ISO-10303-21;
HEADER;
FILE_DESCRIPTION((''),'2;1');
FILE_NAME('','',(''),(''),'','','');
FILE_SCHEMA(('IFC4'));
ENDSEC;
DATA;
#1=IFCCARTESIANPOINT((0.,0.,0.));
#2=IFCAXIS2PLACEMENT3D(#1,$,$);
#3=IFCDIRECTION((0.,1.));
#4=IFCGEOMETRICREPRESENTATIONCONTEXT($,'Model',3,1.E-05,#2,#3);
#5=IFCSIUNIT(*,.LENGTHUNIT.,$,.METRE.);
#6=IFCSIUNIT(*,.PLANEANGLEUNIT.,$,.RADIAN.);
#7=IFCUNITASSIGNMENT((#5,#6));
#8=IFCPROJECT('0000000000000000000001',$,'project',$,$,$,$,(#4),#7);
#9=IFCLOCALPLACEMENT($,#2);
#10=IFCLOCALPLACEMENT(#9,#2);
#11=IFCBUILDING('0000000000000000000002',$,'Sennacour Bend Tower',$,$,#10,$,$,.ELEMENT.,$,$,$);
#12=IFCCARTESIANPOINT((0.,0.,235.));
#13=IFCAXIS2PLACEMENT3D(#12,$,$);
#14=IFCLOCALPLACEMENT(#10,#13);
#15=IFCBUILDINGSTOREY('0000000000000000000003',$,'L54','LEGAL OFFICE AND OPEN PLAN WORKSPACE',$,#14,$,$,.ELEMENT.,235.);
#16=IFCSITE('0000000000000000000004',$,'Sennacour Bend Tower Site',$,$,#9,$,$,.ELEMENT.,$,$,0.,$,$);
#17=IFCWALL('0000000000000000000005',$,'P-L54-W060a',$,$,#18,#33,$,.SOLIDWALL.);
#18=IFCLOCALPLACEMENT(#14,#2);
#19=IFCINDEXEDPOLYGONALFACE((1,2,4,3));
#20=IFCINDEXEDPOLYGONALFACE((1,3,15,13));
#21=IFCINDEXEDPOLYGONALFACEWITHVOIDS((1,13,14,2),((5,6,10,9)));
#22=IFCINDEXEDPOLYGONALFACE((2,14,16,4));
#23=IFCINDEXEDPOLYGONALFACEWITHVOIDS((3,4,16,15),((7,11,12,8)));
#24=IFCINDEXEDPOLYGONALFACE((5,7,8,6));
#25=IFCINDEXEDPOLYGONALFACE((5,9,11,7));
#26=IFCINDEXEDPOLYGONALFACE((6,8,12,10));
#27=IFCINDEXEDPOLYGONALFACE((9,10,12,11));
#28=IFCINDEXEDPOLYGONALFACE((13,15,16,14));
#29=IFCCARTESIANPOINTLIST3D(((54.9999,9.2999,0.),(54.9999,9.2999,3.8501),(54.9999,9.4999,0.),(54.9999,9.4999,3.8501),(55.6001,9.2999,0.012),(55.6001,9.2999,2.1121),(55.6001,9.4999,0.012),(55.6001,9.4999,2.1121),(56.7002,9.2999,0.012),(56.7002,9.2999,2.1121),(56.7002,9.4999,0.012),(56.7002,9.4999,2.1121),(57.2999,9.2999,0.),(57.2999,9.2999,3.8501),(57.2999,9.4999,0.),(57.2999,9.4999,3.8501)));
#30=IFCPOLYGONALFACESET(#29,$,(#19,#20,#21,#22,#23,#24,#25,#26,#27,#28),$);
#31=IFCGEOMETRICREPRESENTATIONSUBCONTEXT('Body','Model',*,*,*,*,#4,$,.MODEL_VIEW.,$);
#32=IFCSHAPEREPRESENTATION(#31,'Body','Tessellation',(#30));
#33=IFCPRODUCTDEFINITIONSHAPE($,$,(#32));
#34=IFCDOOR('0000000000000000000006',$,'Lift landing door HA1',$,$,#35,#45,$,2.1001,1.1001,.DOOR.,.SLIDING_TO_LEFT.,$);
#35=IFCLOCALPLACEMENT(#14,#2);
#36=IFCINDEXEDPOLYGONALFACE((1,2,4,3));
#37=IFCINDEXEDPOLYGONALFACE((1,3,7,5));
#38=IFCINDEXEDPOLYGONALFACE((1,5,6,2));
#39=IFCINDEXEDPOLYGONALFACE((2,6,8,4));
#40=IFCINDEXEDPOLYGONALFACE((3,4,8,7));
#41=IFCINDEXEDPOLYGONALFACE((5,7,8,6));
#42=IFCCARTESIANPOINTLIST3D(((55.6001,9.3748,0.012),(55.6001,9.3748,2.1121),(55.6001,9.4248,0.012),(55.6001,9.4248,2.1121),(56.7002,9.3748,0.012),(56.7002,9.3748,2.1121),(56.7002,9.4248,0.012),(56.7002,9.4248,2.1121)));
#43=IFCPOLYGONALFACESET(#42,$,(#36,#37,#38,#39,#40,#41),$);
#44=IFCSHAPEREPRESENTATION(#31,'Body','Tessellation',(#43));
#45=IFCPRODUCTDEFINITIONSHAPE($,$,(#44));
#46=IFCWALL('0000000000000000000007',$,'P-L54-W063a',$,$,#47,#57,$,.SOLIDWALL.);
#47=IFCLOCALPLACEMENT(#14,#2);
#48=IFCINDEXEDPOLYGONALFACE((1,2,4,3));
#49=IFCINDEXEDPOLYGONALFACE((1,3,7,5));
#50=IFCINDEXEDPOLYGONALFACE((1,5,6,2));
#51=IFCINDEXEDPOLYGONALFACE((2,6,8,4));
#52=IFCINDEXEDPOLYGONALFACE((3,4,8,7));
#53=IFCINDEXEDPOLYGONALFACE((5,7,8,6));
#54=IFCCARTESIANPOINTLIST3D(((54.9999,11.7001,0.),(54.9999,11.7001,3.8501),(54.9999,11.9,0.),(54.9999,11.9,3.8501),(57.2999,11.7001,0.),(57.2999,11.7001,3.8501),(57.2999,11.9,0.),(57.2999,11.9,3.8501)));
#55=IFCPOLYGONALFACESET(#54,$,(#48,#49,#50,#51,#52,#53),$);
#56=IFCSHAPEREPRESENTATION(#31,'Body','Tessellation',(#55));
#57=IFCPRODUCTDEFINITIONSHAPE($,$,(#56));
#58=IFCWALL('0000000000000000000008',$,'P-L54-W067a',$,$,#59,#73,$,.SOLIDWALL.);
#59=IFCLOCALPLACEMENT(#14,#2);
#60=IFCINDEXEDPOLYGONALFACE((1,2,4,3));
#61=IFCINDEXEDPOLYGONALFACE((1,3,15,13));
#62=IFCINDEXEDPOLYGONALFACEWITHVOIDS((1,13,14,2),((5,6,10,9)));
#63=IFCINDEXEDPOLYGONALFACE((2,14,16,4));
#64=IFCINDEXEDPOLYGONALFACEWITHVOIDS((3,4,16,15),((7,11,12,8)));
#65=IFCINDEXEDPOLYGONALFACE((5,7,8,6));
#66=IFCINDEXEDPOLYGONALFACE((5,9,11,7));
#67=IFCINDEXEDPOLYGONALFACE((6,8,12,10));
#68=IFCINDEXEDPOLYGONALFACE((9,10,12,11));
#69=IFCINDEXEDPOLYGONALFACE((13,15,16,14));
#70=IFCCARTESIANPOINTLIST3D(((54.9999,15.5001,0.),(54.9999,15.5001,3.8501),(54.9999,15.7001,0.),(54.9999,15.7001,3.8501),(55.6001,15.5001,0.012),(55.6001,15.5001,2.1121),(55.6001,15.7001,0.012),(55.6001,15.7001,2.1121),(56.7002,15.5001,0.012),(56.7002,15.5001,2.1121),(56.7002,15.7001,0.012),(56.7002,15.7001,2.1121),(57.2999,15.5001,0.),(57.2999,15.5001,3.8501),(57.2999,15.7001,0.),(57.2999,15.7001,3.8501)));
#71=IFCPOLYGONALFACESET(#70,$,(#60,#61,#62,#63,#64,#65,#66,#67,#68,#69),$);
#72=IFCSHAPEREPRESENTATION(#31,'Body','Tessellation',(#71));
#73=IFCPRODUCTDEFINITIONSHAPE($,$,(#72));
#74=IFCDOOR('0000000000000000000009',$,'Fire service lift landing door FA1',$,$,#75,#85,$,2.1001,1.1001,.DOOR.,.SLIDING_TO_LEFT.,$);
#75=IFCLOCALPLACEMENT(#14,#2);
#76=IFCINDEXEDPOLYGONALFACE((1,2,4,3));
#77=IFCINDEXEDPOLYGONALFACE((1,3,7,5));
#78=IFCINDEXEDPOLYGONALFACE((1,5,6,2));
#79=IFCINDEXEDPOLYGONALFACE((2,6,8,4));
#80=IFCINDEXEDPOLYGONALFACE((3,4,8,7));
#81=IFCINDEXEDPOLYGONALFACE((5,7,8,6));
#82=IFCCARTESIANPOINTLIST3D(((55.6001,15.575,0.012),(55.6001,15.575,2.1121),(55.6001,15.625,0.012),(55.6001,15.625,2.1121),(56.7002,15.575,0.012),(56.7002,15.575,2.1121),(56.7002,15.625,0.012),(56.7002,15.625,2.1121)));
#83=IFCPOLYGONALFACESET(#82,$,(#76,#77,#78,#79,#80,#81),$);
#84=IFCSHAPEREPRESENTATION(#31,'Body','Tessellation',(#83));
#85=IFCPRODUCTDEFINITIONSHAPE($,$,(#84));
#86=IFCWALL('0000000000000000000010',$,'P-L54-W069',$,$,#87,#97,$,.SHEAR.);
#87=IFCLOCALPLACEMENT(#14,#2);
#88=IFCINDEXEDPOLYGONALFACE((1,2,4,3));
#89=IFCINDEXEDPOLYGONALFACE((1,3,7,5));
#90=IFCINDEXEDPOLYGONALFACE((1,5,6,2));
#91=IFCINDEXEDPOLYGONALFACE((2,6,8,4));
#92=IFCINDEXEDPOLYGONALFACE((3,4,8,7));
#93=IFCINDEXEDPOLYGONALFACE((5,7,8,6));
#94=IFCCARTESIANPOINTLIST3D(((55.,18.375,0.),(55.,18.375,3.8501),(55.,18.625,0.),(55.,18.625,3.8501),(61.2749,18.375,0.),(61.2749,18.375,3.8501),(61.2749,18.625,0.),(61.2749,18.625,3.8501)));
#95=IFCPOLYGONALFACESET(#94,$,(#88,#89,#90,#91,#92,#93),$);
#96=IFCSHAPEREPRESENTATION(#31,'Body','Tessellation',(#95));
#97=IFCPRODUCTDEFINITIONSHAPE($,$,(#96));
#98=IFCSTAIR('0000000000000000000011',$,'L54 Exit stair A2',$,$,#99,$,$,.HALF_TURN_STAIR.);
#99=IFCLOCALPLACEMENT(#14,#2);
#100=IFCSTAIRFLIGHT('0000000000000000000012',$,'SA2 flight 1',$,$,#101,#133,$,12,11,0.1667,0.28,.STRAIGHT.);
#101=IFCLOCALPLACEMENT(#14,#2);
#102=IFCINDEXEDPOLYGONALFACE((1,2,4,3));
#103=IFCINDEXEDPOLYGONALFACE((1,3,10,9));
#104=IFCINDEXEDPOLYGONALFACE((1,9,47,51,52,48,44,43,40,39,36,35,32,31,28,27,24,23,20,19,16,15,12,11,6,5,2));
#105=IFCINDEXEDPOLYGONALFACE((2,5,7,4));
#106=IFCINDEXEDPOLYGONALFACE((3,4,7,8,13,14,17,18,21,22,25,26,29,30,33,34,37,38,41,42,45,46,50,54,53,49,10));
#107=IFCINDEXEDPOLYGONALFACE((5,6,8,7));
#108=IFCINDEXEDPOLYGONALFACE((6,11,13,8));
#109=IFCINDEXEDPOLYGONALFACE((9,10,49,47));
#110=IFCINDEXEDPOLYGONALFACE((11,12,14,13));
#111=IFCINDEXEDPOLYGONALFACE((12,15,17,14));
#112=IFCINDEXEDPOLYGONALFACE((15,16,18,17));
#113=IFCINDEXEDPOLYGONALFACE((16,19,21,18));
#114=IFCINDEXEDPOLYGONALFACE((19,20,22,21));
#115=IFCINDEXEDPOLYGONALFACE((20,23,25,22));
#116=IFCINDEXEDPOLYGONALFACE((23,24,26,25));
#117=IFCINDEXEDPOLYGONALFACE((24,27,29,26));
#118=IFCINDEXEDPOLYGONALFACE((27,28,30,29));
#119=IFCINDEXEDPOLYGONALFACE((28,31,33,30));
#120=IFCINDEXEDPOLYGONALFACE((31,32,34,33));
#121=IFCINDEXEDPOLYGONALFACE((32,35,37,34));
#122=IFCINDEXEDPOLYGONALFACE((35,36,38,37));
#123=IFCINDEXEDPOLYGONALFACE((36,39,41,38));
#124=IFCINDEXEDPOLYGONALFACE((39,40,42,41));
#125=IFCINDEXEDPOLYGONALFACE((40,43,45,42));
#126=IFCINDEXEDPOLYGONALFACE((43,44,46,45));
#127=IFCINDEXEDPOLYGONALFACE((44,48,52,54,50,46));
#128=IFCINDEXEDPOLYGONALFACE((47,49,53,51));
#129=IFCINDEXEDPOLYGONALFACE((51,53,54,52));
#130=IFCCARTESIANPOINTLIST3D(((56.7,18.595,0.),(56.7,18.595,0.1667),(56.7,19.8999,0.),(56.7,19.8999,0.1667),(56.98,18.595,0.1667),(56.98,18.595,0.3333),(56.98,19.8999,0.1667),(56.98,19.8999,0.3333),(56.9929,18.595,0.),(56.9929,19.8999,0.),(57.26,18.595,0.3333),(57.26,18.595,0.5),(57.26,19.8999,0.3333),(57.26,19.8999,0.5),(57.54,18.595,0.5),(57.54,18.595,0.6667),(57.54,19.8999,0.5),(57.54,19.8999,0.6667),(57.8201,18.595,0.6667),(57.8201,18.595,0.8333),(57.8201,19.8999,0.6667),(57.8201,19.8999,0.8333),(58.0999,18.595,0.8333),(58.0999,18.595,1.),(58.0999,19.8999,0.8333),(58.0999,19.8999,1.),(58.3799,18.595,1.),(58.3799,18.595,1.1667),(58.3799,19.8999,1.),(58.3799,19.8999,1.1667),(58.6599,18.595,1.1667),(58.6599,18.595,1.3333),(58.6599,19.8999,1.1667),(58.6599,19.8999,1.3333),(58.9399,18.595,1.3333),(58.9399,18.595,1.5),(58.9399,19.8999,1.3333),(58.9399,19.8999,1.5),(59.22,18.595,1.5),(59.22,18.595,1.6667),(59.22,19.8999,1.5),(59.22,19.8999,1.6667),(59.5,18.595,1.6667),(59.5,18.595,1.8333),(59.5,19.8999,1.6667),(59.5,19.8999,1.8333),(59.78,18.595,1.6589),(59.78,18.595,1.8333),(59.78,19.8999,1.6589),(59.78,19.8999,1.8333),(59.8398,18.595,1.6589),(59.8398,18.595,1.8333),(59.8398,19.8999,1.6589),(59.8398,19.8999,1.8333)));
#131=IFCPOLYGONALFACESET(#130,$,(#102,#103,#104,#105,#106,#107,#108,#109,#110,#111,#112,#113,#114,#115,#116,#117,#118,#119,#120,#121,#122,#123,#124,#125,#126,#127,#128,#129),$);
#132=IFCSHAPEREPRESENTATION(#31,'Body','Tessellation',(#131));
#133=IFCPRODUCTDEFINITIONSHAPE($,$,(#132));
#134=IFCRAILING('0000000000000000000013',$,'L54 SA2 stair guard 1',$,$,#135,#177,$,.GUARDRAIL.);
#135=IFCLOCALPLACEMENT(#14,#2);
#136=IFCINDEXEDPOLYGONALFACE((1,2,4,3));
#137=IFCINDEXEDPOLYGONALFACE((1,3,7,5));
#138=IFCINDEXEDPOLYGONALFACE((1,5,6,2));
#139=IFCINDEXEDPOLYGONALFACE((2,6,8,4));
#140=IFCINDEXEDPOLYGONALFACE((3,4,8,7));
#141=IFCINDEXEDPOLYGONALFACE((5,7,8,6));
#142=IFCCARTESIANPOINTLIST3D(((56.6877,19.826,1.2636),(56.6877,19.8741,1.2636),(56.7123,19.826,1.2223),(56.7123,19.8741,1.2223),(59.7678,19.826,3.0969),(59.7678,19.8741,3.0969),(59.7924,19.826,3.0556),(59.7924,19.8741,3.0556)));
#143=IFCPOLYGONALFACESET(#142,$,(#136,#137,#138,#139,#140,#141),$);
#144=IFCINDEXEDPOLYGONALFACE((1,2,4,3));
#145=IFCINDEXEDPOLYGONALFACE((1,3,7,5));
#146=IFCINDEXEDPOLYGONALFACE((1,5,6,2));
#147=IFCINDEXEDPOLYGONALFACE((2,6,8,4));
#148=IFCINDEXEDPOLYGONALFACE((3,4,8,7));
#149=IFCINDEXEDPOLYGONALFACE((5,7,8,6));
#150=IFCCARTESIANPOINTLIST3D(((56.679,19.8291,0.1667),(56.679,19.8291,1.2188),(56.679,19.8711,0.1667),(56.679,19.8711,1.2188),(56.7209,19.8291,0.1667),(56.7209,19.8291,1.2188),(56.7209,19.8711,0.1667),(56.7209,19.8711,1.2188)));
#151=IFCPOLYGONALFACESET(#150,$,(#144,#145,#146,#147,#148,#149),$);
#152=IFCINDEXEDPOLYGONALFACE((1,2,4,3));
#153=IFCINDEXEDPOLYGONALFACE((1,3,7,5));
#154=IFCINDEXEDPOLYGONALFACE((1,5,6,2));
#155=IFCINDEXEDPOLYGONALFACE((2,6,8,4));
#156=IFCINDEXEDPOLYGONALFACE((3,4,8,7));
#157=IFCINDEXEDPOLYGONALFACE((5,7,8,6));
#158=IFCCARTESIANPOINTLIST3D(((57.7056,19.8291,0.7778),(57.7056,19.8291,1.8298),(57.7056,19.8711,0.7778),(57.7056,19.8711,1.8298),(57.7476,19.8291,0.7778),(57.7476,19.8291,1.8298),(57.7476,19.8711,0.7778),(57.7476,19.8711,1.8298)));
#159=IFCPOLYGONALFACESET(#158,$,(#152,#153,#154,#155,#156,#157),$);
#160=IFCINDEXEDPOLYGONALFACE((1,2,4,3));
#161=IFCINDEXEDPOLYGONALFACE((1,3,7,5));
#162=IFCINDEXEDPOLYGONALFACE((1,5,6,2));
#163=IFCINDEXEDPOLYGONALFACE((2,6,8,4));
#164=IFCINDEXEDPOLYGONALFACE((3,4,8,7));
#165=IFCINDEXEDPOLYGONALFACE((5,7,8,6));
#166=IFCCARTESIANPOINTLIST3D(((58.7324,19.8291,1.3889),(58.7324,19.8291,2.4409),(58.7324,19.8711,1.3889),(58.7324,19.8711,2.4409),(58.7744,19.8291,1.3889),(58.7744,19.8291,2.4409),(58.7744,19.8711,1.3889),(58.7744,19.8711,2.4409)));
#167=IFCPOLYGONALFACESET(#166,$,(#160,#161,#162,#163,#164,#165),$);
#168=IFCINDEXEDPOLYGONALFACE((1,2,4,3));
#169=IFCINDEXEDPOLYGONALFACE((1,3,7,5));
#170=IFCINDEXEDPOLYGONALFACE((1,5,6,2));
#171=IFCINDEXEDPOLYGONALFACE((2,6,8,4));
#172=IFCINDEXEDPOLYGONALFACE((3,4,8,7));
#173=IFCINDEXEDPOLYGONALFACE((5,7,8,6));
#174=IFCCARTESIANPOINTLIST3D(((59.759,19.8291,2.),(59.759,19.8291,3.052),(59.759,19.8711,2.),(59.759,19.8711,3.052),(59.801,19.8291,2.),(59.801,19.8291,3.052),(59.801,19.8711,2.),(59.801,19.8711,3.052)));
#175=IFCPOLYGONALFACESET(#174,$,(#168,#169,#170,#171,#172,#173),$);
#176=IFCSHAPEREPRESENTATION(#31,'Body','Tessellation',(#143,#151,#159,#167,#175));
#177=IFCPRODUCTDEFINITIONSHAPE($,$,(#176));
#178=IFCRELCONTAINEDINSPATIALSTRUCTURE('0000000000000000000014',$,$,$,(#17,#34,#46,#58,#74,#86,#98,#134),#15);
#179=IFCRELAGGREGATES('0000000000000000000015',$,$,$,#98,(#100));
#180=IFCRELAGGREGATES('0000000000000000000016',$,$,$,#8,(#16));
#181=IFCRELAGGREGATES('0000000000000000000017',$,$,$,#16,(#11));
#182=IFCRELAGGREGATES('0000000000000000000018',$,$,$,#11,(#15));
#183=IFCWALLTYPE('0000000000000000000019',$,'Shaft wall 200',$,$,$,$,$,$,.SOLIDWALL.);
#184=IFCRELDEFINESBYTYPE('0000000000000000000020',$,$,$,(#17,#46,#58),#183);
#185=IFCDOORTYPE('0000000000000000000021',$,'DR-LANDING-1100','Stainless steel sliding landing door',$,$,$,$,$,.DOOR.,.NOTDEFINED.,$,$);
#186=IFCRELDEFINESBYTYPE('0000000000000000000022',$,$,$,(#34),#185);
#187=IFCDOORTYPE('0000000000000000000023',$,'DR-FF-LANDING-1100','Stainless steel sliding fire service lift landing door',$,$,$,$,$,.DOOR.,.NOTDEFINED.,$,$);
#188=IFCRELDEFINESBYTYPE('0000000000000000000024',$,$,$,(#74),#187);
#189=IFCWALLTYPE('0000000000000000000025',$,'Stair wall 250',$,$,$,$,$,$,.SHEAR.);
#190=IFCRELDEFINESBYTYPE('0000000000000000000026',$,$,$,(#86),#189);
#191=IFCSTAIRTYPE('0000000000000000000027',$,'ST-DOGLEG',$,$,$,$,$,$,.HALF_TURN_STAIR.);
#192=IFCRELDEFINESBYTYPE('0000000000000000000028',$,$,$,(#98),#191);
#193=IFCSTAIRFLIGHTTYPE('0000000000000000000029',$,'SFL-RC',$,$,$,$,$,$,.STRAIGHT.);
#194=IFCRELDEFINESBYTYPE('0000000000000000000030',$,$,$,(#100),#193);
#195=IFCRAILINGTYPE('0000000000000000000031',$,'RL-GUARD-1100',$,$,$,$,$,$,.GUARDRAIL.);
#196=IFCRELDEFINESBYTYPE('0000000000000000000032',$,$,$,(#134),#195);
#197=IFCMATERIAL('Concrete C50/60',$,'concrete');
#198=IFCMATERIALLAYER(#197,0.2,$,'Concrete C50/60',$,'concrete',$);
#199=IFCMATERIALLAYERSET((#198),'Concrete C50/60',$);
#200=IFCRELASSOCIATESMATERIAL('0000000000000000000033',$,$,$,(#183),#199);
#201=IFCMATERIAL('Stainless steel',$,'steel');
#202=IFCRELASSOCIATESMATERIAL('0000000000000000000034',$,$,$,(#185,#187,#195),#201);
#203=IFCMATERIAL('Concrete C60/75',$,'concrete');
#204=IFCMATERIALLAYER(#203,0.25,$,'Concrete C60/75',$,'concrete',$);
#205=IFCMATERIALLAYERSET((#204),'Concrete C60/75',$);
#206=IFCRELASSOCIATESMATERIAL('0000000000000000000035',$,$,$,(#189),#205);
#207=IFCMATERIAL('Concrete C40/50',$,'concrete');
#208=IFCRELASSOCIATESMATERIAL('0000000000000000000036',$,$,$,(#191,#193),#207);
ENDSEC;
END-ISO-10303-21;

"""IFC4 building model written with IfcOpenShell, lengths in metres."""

from ifc_helpers import new_model, si_unit, direction, frame, frame_2d, origin, origin_2d, place, context, subcontext, project, spatial, polyline, rectangle, outline, extrude, material, layer, layer_set, type_object, element, fill, aggregate, save


model = new_model("IFC4")

# Units and contexts
model_context = context("Model", 3, precision=1e-05, world=origin(), true_north=direction((0.0, 1.0)))
body_context = subcontext(model_context, "Body", "Model", "MODEL_VIEW")
ifc_project = project(units=[si_unit("LENGTHUNIT", "METRE"), si_unit("PLANEANGLEUNIT", "RADIAN")], contexts=[model_context])

# Site, building, storey
site_placement = place(None, origin())
site = spatial("IfcSite", under=ifc_project, at=site_placement, Name="Sennacour Bend Tower Site", CompositionType="ELEMENT", RefElevation=0.0)
building_placement = place(site_placement, origin())
building = spatial("IfcBuilding", under=site, at=building_placement, Name="Sennacour Bend Tower", CompositionType="ELEMENT")
storey_placement = place(building_placement, frame((0.0, 0.0, 235.0)))
storey = spatial("IfcBuildingStorey", under=building, at=storey_placement, Name="L54", Description="LEGAL OFFICE AND OPEN PLAN WORKSPACE", CompositionType="ELEMENT", Elevation=235.0)

# Shared definitions
ifc_material_1 = material(Name="Concrete C60/75", Category="concrete")

# Wall, opening, door
ifc_material_2 = material(Name="Concrete C50/60", Category="concrete")
ifc_layer_1 = layer(ifc_material_2, 0.2, Name="Concrete C50/60", Category="concrete")
ifc_layer_set_1 = layer_set([ifc_layer_1], Name="Concrete C50/60")
wall_type_1 = type_object("IfcWallType", Name="Shaft wall 200", PredefinedType="SOLIDWALL", material=ifc_layer_set_1)
wall_1_placement = place(storey_placement, frame((55.0, 9.3999, 0.0), z_axis=(0.0, 0.0, 1.0), x_axis=(1.0, 0.0, 0.0)))
wall_1 = element("IfcWall", 1, at=wall_1_placement, inside=storey, type_object=wall_type_1, Name="P-L54-W060a", PredefinedType="SOLIDWALL", context=body_context, shape_type="SweptSolid", body=[
    extrude(rectangle(XDim=2.3, YDim=0.2, at=frame_2d((1.1499, 0.0))), origin(), (0.0, 0.0, 1.0), 3.8501),
])
opening_1_placement = place(wall_1_placement, frame((0.6001, 0.0, 0.012)))
opening_1 = element("IfcOpeningElement", 2, at=opening_1_placement, cuts=wall_1, PredefinedType="OPENING", context=body_context, shape_type="SweptSolid", body=[
    extrude(rectangle(XDim=1.1001, YDim=2.1001, at=frame_2d((0.55, 1.05))), frame((0.0, 0.1099, 0.0), z_axis=(0.0, -1.0, 0.0), x_axis=(1.0, 0.0, 0.0)), (0.0, 0.0, 1.0), 0.22),
])
ifc_material_3 = material(Name="Stainless steel", Category="steel")
door_type_1 = type_object("IfcDoorType", Name="DR-LANDING-1100", Description="Stainless steel sliding landing door", OperationType="NOTDEFINED", PredefinedType="DOOR", material=ifc_material_3)
door_1_placement = place(opening_1_placement, origin())
door_1 = element("IfcDoor", 3, at=door_1_placement, inside=storey, type_object=door_type_1, Name="Lift landing door HA1", OperationType="SLIDING_TO_LEFT", OverallHeight=2.1001, OverallWidth=1.1001, PredefinedType="DOOR", context=body_context, shape_type="SweptSolid", body=[
    extrude(rectangle(XDim=1.1001, YDim=2.1001, at=frame_2d((0.55, 1.05))), frame((0.0, 0.0249, 0.0), z_axis=(0.0, -1.0, 0.0), x_axis=(1.0, 0.0, 0.0)), (0.0, 0.0, 1.0), 0.05),
])
fill(opening_1, door_1)

# Wall
wall_2_placement = place(storey_placement, frame((55.0, 11.8, 0.0), z_axis=(0.0, 0.0, 1.0), x_axis=(1.0, 0.0, 0.0)))
element("IfcWall", 4, at=wall_2_placement, inside=storey, type_object=wall_type_1, Name="P-L54-W063a", PredefinedType="SOLIDWALL", context=body_context, shape_type="SweptSolid", body=[
    extrude(rectangle(XDim=2.3, YDim=0.2, at=frame_2d((1.1499, 0.0))), origin(), (0.0, 0.0, 1.0), 3.8501),
])

# Wall, opening, door
wall_3_placement = place(storey_placement, frame((55.0, 15.6001, 0.0), z_axis=(0.0, 0.0, 1.0), x_axis=(1.0, 0.0, 0.0)))
wall_3 = element("IfcWall", 5, at=wall_3_placement, inside=storey, type_object=wall_type_1, Name="P-L54-W067a", PredefinedType="SOLIDWALL", context=body_context, shape_type="SweptSolid", body=[
    extrude(rectangle(XDim=2.3, YDim=0.2, at=frame_2d((1.1499, 0.0))), origin(), (0.0, 0.0, 1.0), 3.8501),
])
opening_2_placement = place(wall_3_placement, frame((0.6001, 0.0, 0.012)))
opening_2 = element("IfcOpeningElement", 6, at=opening_2_placement, cuts=wall_3, PredefinedType="OPENING", context=body_context, shape_type="SweptSolid", body=[
    extrude(rectangle(XDim=1.1001, YDim=2.1001, at=frame_2d((0.55, 1.05))), frame((0.0, 0.1099, 0.0), z_axis=(0.0, -1.0, 0.0), x_axis=(1.0, 0.0, 0.0)), (0.0, 0.0, 1.0), 0.22),
])
door_type_2 = type_object("IfcDoorType", Name="DR-FF-LANDING-1100", Description="Stainless steel sliding fire service lift landing door", OperationType="NOTDEFINED", PredefinedType="DOOR", material=ifc_material_3)
door_2_placement = place(opening_2_placement, origin())
door_2 = element("IfcDoor", 7, at=door_2_placement, inside=storey, type_object=door_type_2, Name="Fire service lift landing door FA1", OperationType="SLIDING_TO_LEFT", OverallHeight=2.1001, OverallWidth=1.1001, PredefinedType="DOOR", context=body_context, shape_type="SweptSolid", body=[
    extrude(rectangle(XDim=1.1001, YDim=2.1001, at=frame_2d((0.55, 1.05))), frame((0.0, 0.0249, 0.0), z_axis=(0.0, -1.0, 0.0), x_axis=(1.0, 0.0, 0.0)), (0.0, 0.0, 1.0), 0.05),
])
fill(opening_2, door_2)

# Wall
ifc_layer_2 = layer(ifc_material_1, 0.25, Name="Concrete C60/75", Category="concrete")
ifc_layer_set_2 = layer_set([ifc_layer_2], Name="Concrete C60/75")
wall_type_2 = type_object("IfcWallType", Name="Stair wall 250", PredefinedType="SHEAR", material=ifc_layer_set_2)
wall_4_placement = place(storey_placement, frame((55.0, 18.5, 0.0), z_axis=(0.0, 0.0, 1.0), x_axis=(1.0, 0.0, 0.0)))
element("IfcWall", 8, at=wall_4_placement, inside=storey, type_object=wall_type_2, Name="P-L54-W069", PredefinedType="SHEAR", context=body_context, shape_type="SweptSolid", body=[
    extrude(rectangle(XDim=6.2749, YDim=0.25, at=frame_2d((3.1375, 0.0))), origin(), (0.0, 0.0, 1.0), 3.8501),
])

# Stair, stair flight
ifc_material_4 = material(Name="Concrete C40/50", Category="concrete")
stair_type = type_object("IfcStairType", Name="ST-DOGLEG", PredefinedType="HALF_TURN_STAIR", material=ifc_material_4)
stair_placement = place(storey_placement, origin())
stair = element("IfcStair", 9, at=stair_placement, inside=storey, type_object=stair_type, Name="L54 Exit stair A2", PredefinedType="HALF_TURN_STAIR")
stair_flight_type = type_object("IfcStairFlightType", Name="SFL-RC", PredefinedType="STRAIGHT", material=ifc_material_4)
stair_flight_placement = place(storey_placement, frame((56.7, 19.2476, 0.0), z_axis=(0.0, 0.0, 1.0), x_axis=(1.0, 0.0, 0.0)))
stair_flight = element("IfcStairFlight", 10, at=stair_flight_placement, type_object=stair_flight_type, Name="SA2 flight 1", NumberOfRisers=12, NumberOfTreads=11, PredefinedType="STRAIGHT", RiserHeight=0.1667, TreadLength=0.28, context=body_context, shape_type="SweptSolid", body=[
    extrude(outline(polyline([(0.0, 0.0), (0.0, 0.1667), (0.28, 0.1667), (0.28, 0.3333), (0.5601, 0.3333), (0.5601, 0.5), (0.8401, 0.5), (0.8401, 0.6667), (1.1201, 0.6667), (1.1201, 0.8333), (1.3999, 0.8333), (1.3999, 1.0), (1.6799, 1.0), (1.6799, 1.1667), (1.96, 1.1667), (1.96, 1.3333), (2.24, 1.3333), (2.24, 1.5), (2.52, 1.5), (2.52, 1.6667), (2.8, 1.6667), (2.8, 1.8333), (3.0801, 1.8333), (3.1399, 1.8333), (3.1399, 1.6589), (3.0801, 1.6589), (0.293, 0.0), (0.0, 0.0)])), frame((0.0, 0.6523, 0.0), z_axis=(0.0, -1.0, 0.0), x_axis=(1.0, 0.0, 0.0)), (0.0, 0.0, 1.0), 1.3049),
])
aggregate(stair, [stair_flight])

# Railing
railing_type_1 = type_object("IfcRailingType", Name="RL-GUARD-1100", PredefinedType="GUARDRAIL", material=ifc_material_3)
railing_1_placement = place(storey_placement, frame((56.7, 19.8501, 0.1667)))
element("IfcRailing", 11, at=railing_1_placement, inside=storey, type_object=railing_type_1, Name="L54 SA2 stair guard 1", PredefinedType="GUARDRAIL", context=body_context, shape_type="SweptSolid", body=[
    extrude(rectangle(XDim=0.0481, YDim=0.0481, at=origin_2d()), frame((0.0, 0.0, 1.0762), z_axis=(0.859309, 0.0, 0.511458), x_axis=(0.0, 1.0, 0.0)), (0.0, 0.0, 1.0), 3.5845),
    extrude(rectangle(XDim=0.042, YDim=0.042, at=origin_2d()), origin(), (0.0, 0.0, 1.0), 1.052),
    extrude(rectangle(XDim=0.042, YDim=0.042, at=origin_2d()), frame((1.0266, 0.0, 0.6111)), (0.0, 0.0, 1.0), 1.052),
    extrude(rectangle(XDim=0.042, YDim=0.042, at=origin_2d()), frame((2.0535, 0.0, 1.2222)), (0.0, 0.0, 1.0), 1.052),
    extrude(rectangle(XDim=0.042, YDim=0.042, at=origin_2d()), frame((3.0801, 0.0, 1.8333)), (0.0, 0.0, 1.0), 1.052),
])

save(model, "model.ifc")
